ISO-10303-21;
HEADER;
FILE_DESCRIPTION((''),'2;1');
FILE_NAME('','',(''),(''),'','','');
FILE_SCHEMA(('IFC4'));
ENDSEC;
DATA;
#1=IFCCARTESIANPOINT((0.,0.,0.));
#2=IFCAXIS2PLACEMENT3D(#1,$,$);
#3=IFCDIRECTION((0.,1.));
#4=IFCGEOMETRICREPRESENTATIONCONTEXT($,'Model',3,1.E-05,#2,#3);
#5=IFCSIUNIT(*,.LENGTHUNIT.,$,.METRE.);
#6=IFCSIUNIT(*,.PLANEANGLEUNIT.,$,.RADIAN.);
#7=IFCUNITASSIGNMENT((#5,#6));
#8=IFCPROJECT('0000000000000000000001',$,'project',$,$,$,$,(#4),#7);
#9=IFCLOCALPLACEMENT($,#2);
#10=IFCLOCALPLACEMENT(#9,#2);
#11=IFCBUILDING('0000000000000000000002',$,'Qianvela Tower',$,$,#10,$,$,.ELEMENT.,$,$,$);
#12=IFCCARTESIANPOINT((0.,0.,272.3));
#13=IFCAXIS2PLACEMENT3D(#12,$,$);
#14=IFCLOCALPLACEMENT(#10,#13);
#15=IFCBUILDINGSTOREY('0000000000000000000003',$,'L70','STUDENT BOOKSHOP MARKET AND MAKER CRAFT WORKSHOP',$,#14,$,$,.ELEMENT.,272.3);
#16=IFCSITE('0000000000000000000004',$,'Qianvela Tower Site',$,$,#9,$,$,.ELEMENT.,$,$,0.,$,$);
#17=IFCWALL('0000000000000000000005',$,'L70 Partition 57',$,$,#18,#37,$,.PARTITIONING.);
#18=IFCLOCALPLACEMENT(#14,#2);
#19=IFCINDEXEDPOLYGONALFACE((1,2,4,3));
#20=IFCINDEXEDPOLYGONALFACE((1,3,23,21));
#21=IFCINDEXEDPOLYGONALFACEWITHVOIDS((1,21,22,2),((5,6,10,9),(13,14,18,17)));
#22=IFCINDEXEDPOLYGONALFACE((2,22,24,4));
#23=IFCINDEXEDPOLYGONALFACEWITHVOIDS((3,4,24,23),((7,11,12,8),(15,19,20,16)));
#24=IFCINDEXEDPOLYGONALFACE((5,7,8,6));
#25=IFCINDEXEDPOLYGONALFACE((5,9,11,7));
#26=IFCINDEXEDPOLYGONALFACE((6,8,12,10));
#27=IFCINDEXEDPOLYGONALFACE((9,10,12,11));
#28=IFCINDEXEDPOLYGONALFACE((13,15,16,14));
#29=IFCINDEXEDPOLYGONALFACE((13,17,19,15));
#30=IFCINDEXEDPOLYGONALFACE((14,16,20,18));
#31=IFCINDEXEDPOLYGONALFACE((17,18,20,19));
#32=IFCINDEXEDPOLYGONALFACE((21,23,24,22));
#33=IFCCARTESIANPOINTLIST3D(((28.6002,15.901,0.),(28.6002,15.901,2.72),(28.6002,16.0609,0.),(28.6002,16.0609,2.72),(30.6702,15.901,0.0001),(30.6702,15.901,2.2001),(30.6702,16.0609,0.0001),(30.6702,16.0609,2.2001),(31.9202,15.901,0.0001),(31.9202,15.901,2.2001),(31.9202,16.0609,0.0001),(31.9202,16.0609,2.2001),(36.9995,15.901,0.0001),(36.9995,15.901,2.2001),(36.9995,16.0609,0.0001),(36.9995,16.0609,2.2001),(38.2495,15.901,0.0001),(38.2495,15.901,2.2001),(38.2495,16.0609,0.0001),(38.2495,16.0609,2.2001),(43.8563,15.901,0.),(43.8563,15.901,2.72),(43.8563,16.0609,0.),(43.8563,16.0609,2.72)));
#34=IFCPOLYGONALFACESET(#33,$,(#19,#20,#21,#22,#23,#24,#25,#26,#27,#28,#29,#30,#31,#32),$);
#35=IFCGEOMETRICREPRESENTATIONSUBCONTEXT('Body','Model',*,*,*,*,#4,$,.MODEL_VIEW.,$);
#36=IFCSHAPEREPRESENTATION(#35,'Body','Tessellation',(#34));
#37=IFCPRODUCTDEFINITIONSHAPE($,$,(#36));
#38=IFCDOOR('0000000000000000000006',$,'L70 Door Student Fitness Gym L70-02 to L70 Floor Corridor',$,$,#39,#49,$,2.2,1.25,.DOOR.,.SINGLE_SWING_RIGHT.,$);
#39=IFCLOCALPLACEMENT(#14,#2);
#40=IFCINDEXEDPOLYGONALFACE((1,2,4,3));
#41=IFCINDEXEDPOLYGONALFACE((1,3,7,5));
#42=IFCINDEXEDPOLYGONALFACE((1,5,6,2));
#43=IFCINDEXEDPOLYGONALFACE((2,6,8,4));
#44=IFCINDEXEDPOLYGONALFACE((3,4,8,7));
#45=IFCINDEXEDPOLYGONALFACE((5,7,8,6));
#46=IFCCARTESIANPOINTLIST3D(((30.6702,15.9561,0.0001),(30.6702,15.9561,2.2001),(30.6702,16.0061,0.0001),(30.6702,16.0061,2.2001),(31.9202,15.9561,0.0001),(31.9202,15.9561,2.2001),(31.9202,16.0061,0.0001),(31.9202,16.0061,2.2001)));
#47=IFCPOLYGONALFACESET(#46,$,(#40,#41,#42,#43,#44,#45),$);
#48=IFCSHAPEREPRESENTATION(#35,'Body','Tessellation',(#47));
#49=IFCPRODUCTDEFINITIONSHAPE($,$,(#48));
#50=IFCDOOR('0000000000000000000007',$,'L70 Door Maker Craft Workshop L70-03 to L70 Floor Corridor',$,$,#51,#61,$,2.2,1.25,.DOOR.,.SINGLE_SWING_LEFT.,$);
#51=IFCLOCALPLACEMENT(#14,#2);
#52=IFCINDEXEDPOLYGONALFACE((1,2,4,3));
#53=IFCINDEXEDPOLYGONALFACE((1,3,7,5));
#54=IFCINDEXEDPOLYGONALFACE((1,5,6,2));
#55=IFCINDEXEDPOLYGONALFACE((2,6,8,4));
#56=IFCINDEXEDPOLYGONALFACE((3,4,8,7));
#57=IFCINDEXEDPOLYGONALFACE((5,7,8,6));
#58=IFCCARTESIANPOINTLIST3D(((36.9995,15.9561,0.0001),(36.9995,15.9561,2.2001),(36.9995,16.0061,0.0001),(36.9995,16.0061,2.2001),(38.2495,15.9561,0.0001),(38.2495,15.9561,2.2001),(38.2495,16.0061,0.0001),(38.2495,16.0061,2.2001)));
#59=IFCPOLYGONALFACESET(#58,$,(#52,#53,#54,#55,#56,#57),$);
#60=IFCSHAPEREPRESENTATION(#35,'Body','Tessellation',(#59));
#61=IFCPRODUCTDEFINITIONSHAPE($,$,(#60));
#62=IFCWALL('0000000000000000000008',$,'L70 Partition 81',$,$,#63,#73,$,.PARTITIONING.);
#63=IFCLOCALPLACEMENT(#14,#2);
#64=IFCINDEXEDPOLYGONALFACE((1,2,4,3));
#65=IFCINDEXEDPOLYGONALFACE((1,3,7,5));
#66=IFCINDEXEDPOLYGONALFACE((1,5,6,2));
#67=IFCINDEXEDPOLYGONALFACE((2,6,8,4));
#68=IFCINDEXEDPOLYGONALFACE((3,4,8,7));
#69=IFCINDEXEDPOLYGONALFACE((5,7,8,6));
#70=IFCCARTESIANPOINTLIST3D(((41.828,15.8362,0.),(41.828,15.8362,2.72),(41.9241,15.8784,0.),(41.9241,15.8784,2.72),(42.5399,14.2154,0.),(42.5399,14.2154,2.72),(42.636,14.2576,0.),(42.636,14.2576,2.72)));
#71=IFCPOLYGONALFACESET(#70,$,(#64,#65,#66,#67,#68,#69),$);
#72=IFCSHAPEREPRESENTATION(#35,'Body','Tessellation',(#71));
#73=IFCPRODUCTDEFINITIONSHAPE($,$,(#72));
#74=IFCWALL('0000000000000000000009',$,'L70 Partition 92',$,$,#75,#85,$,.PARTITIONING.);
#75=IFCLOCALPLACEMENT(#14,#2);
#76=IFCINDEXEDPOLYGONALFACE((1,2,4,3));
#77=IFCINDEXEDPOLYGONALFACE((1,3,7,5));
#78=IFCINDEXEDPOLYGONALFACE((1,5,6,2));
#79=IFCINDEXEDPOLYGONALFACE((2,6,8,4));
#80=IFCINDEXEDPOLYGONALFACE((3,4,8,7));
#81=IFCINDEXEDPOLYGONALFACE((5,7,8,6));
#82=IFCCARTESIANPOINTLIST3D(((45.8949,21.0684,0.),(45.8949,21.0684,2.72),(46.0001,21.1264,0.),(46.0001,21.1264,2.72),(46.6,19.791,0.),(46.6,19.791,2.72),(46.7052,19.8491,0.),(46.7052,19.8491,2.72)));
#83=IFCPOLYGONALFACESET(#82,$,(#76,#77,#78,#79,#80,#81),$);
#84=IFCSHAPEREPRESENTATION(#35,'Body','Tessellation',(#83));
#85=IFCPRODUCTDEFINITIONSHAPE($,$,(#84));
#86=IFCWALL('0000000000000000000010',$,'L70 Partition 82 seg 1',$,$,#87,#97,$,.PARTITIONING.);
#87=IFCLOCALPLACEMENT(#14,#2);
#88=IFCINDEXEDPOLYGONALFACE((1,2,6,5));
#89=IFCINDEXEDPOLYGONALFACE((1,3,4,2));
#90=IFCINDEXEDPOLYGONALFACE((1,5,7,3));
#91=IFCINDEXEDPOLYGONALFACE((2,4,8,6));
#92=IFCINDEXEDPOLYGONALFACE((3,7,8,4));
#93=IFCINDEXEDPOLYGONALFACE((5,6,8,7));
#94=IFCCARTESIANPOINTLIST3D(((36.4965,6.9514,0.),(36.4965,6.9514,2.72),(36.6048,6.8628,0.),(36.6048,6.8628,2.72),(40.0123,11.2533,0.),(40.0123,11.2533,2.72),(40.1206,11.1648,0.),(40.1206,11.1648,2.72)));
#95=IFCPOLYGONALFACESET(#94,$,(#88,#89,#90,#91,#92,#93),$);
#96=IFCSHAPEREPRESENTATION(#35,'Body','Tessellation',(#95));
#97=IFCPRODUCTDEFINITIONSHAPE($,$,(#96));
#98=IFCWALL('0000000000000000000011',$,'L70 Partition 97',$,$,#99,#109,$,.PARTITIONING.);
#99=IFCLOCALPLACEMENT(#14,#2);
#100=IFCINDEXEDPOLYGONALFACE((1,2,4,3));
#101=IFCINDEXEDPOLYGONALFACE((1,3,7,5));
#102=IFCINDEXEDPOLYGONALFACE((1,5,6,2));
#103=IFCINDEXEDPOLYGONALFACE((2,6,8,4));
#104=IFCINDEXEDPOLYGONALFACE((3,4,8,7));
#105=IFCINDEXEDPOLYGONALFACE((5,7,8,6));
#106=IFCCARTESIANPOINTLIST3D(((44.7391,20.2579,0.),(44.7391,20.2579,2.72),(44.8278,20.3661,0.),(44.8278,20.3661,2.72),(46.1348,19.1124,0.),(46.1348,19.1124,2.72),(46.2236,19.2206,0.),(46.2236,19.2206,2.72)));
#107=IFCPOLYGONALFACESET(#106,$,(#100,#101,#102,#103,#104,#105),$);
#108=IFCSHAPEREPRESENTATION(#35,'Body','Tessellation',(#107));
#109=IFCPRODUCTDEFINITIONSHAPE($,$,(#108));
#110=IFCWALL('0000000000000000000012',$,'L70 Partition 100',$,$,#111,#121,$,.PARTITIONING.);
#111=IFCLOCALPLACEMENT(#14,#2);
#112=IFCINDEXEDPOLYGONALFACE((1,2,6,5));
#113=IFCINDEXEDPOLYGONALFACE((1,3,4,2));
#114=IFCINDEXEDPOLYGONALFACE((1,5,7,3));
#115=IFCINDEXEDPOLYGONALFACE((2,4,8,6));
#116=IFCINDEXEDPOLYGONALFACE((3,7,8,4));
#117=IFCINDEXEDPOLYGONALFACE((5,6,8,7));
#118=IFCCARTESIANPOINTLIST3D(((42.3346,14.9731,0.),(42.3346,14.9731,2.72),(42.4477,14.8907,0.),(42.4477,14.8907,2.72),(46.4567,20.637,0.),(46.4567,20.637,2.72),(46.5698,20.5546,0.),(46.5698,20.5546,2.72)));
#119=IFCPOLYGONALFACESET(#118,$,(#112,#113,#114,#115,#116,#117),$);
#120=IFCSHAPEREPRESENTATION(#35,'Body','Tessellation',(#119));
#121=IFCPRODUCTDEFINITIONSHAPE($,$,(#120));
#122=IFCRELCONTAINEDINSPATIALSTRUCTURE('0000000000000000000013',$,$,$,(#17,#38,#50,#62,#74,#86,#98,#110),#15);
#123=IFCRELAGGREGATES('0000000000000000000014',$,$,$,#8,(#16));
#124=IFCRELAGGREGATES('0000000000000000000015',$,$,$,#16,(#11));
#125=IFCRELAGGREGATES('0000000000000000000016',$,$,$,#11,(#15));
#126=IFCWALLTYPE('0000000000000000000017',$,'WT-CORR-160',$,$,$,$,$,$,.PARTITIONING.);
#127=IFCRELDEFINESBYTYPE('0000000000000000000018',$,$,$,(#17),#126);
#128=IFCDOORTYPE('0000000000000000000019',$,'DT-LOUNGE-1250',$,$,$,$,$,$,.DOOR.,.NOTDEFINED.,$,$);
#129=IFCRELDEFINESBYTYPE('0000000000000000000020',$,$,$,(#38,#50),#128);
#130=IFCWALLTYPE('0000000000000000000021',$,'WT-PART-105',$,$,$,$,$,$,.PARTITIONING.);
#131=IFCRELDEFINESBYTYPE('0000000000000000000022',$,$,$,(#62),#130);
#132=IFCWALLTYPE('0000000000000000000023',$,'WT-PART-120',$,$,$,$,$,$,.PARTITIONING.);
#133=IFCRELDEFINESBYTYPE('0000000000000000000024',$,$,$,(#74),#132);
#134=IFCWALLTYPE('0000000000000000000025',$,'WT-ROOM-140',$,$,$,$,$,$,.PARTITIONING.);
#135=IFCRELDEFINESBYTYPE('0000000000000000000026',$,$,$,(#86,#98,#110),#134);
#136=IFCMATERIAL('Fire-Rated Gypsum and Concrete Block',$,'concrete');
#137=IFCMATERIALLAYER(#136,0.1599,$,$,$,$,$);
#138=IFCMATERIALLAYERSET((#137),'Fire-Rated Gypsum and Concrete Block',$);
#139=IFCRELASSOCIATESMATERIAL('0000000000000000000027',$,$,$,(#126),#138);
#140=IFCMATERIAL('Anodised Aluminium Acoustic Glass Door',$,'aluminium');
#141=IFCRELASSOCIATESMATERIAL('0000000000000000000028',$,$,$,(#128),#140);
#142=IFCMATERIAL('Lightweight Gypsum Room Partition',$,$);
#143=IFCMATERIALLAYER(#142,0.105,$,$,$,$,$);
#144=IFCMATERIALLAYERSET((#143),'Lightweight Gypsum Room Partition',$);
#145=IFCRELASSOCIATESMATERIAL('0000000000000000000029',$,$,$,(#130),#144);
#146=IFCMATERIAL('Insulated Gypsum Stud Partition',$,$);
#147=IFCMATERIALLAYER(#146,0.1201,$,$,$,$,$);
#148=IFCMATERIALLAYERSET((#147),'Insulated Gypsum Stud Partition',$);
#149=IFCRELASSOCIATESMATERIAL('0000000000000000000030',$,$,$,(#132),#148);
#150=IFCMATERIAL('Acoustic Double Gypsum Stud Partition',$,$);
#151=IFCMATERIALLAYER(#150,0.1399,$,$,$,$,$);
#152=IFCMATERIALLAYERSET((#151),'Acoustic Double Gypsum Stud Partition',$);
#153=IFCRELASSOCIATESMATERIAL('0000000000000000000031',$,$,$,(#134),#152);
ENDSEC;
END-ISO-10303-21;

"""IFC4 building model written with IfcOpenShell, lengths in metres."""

from ifc_helpers import new_model, si_unit, direction, frame, frame_2d, origin, place, context, subcontext, project, spatial, rectangle, extrude, material, layer, layer_set, type_object, element, fill, save


model = new_model("IFC4")

# Units and contexts
model_context = context("Model", 3, precision=1e-05, world=origin(), true_north=direction((0.0, 1.0)))
body_context = subcontext(model_context, "Body", "Model", "MODEL_VIEW")
ifc_project = project(units=[si_unit("LENGTHUNIT", "METRE"), si_unit("PLANEANGLEUNIT", "RADIAN")], contexts=[model_context])

# Site, building, storey
site_placement = place(None, origin())
site = spatial("IfcSite", under=ifc_project, at=site_placement, Name="Qianvela Tower Site", CompositionType="ELEMENT", RefElevation=0.0)
building_placement = place(site_placement, origin())
building = spatial("IfcBuilding", under=site, at=building_placement, Name="Qianvela Tower", CompositionType="ELEMENT")
storey_placement = place(building_placement, frame((0.0, 0.0, 272.3)))
storey = spatial("IfcBuildingStorey", under=building, at=storey_placement, Name="L70", Description="STUDENT BOOKSHOP MARKET AND MAKER CRAFT WORKSHOP", CompositionType="ELEMENT", Elevation=272.3)

# Shared definitions
ifc_material_1 = material(Name="Fire-Rated Gypsum and Concrete Block", Category="concrete")
ifc_layer_1 = layer(ifc_material_1, 0.1599)
ifc_layer_set_1 = layer_set([ifc_layer_1], Name="Fire-Rated Gypsum and Concrete Block")
wall_type_1 = type_object("IfcWallType", Name="WT-CORR-160", PredefinedType="PARTITIONING", material=ifc_layer_set_1)

# Wall, openings, doors
wall_1_placement = place(storey_placement, frame((43.8562, 15.981, 0.0), z_axis=(0.0, 0.0, 1.0), x_axis=(-1.0, 0.0, 0.0)))
wall_1 = element("IfcWall", 1, at=wall_1_placement, inside=storey, type_object=wall_type_1, Name="L70 Partition 57", PredefinedType="PARTITIONING", context=body_context, shape_type="SweptSolid", body=[
    extrude(rectangle(XDim=15.2561, YDim=0.1599, at=frame_2d((7.6279, 0.0))), origin(), (0.0, 0.0, 1.0), 2.72),
])
opening_1_placement = place(wall_1_placement, frame((11.936, 0.0, 0.0)))
opening_1 = element("IfcOpeningElement", 2, at=opening_1_placement, cuts=wall_1, PredefinedType="OPENING", context=body_context, shape_type="SweptSolid", body=[
    extrude(rectangle(XDim=1.25, YDim=2.2, at=frame_2d((0.625, 1.1001))), frame((0.0, 0.0898, 0.0), z_axis=(0.0, -1.0, 0.0), x_axis=(1.0, 0.0, 0.0)), (0.0, 0.0, 1.0), 0.1799),
])
opening_2_placement = place(wall_1_placement, frame((5.6067, 0.0, 0.0)))
opening_2 = element("IfcOpeningElement", 3, at=opening_2_placement, cuts=wall_1, PredefinedType="OPENING", context=body_context, shape_type="SweptSolid", body=[
    extrude(rectangle(XDim=1.25, YDim=2.2, at=frame_2d((0.625, 1.1001))), frame((0.0, 0.0898, 0.0), z_axis=(0.0, -1.0, 0.0), x_axis=(1.0, 0.0, 0.0)), (0.0, 0.0, 1.0), 0.1799),
])
ifc_material_2 = material(Name="Anodised Aluminium Acoustic Glass Door", Category="aluminium")
door_type_1 = type_object("IfcDoorType", Name="DT-LOUNGE-1250", OperationType="NOTDEFINED", PredefinedType="DOOR", material=ifc_material_2)
door_1_placement = place(opening_1_placement, origin())
door_1 = element("IfcDoor", 4, at=door_1_placement, inside=storey, type_object=door_type_1, Name="L70 Door Student Fitness Gym L70-02 to L70 Floor Corridor", OperationType="SINGLE_SWING_RIGHT", OverallHeight=2.2, OverallWidth=1.25, PredefinedType="DOOR", context=body_context, shape_type="SweptSolid", body=[
    extrude(rectangle(XDim=1.25, YDim=2.2, at=frame_2d((0.625, 1.1001))), frame((0.0, 0.0249, 0.0), z_axis=(0.0, -1.0, 0.0), x_axis=(1.0, 0.0, 0.0)), (0.0, 0.0, 1.0), 0.05),
])
fill(opening_1, door_1)
door_2_placement = place(opening_2_placement, origin())
door_2 = element("IfcDoor", 5, at=door_2_placement, inside=storey, type_object=door_type_1, Name="L70 Door Maker Craft Workshop L70-03 to L70 Floor Corridor", OperationType="SINGLE_SWING_LEFT", OverallHeight=2.2, OverallWidth=1.25, PredefinedType="DOOR", context=body_context, shape_type="SweptSolid", body=[
    extrude(rectangle(XDim=1.25, YDim=2.2, at=frame_2d((0.625, 1.1001))), frame((0.0, 0.0249, 0.0), z_axis=(0.0, -1.0, 0.0), x_axis=(1.0, 0.0, 0.0)), (0.0, 0.0, 1.0), 0.05),
])
fill(opening_2, door_2)

# Walls
ifc_material_3 = material(Name="Lightweight Gypsum Room Partition")
ifc_layer_2 = layer(ifc_material_3, 0.105)
ifc_layer_set_2 = layer_set([ifc_layer_2], Name="Lightweight Gypsum Room Partition")
wall_type_2 = type_object("IfcWallType", Name="WT-PART-105", PredefinedType="PARTITIONING", material=ifc_layer_set_2)
wall_2_placement = place(storey_placement, frame((41.876, 15.8574, 0.0), z_axis=(0.0, 0.0, 1.0), x_axis=(0.402142, -0.915577, 0.0)))
element("IfcWall", 6, at=wall_2_placement, inside=storey, type_object=wall_type_2, Name="L70 Partition 81", PredefinedType="PARTITIONING", context=body_context, shape_type="SweptSolid", body=[
    extrude(rectangle(XDim=1.7703, YDim=0.105, at=frame_2d((0.8853, 0.0))), origin(), (0.0, 0.0, 1.0), 2.72),
])
ifc_material_4 = material(Name="Insulated Gypsum Stud Partition")
ifc_layer_3 = layer(ifc_material_4, 0.1201)
ifc_layer_set_3 = layer_set([ifc_layer_3], Name="Insulated Gypsum Stud Partition")
wall_type_3 = type_object("IfcWallType", Name="WT-PART-120", PredefinedType="PARTITIONING", material=ifc_layer_set_3)
wall_3_placement = place(storey_placement, frame((46.6526, 19.8201, 0.0), z_axis=(0.0, 0.0, 1.0), x_axis=(-0.483254, 0.87548, 0.0)))
element("IfcWall", 7, at=wall_3_placement, inside=storey, type_object=wall_type_3, Name="L70 Partition 92", PredefinedType="PARTITIONING", context=body_context, shape_type="SweptSolid", body=[
    extrude(rectangle(XDim=1.459, YDim=0.1201, at=frame_2d((0.7295, 0.0))), origin(), (0.0, 0.0, 1.0), 2.72),
])
ifc_material_5 = material(Name="Acoustic Double Gypsum Stud Partition")
ifc_layer_4 = layer(ifc_material_5, 0.1399)
ifc_layer_set_4 = layer_set([ifc_layer_4], Name="Acoustic Double Gypsum Stud Partition")
wall_type_4 = type_object("IfcWallType", Name="WT-ROOM-140", PredefinedType="PARTITIONING", material=ifc_layer_set_4)
wall_4_placement = place(storey_placement, frame((40.0664, 11.209, 0.0), z_axis=(0.0, 0.0, 1.0), x_axis=(-0.632812, -0.774306, 0.0)))
element("IfcWall", 8, at=wall_4_placement, inside=storey, type_object=wall_type_4, Name="L70 Partition 82 seg 1", PredefinedType="PARTITIONING", context=body_context, shape_type="SweptSolid", body=[
    extrude(rectangle(XDim=5.5559, YDim=0.1399, at=frame_2d((2.7778, 0.0))), origin(), (0.0, 0.0, 1.0), 2.72),
])
wall_5_placement = place(storey_placement, frame((44.7834, 20.312, 0.0), z_axis=(0.0, 0.0, 1.0), x_axis=(0.772999, -0.634408, 0.0)))
element("IfcWall", 9, at=wall_5_placement, inside=storey, type_object=wall_type_4, Name="L70 Partition 97", PredefinedType="PARTITIONING", context=body_context, shape_type="SweptSolid", body=[
    extrude(rectangle(XDim=1.8057, YDim=0.1399, at=frame_2d((0.9028, 0.0))), origin(), (0.0, 0.0, 1.0), 2.72),
])
wall_6_placement = place(storey_placement, frame((46.5132, 20.5957, 0.0), z_axis=(0.0, 0.0, 1.0), x_axis=(-0.588445, -0.808537, 0.0)))
element("IfcWall", 10, at=wall_6_placement, inside=storey, type_object=wall_type_4, Name="L70 Partition 100", PredefinedType="PARTITIONING", context=body_context, shape_type="SweptSolid", body=[
    extrude(rectangle(XDim=7.0051, YDim=0.1399, at=frame_2d((3.5024, 0.0))), origin(), (0.0, 0.0, 1.0), 2.72),
])

save(model, "model.ifc")
